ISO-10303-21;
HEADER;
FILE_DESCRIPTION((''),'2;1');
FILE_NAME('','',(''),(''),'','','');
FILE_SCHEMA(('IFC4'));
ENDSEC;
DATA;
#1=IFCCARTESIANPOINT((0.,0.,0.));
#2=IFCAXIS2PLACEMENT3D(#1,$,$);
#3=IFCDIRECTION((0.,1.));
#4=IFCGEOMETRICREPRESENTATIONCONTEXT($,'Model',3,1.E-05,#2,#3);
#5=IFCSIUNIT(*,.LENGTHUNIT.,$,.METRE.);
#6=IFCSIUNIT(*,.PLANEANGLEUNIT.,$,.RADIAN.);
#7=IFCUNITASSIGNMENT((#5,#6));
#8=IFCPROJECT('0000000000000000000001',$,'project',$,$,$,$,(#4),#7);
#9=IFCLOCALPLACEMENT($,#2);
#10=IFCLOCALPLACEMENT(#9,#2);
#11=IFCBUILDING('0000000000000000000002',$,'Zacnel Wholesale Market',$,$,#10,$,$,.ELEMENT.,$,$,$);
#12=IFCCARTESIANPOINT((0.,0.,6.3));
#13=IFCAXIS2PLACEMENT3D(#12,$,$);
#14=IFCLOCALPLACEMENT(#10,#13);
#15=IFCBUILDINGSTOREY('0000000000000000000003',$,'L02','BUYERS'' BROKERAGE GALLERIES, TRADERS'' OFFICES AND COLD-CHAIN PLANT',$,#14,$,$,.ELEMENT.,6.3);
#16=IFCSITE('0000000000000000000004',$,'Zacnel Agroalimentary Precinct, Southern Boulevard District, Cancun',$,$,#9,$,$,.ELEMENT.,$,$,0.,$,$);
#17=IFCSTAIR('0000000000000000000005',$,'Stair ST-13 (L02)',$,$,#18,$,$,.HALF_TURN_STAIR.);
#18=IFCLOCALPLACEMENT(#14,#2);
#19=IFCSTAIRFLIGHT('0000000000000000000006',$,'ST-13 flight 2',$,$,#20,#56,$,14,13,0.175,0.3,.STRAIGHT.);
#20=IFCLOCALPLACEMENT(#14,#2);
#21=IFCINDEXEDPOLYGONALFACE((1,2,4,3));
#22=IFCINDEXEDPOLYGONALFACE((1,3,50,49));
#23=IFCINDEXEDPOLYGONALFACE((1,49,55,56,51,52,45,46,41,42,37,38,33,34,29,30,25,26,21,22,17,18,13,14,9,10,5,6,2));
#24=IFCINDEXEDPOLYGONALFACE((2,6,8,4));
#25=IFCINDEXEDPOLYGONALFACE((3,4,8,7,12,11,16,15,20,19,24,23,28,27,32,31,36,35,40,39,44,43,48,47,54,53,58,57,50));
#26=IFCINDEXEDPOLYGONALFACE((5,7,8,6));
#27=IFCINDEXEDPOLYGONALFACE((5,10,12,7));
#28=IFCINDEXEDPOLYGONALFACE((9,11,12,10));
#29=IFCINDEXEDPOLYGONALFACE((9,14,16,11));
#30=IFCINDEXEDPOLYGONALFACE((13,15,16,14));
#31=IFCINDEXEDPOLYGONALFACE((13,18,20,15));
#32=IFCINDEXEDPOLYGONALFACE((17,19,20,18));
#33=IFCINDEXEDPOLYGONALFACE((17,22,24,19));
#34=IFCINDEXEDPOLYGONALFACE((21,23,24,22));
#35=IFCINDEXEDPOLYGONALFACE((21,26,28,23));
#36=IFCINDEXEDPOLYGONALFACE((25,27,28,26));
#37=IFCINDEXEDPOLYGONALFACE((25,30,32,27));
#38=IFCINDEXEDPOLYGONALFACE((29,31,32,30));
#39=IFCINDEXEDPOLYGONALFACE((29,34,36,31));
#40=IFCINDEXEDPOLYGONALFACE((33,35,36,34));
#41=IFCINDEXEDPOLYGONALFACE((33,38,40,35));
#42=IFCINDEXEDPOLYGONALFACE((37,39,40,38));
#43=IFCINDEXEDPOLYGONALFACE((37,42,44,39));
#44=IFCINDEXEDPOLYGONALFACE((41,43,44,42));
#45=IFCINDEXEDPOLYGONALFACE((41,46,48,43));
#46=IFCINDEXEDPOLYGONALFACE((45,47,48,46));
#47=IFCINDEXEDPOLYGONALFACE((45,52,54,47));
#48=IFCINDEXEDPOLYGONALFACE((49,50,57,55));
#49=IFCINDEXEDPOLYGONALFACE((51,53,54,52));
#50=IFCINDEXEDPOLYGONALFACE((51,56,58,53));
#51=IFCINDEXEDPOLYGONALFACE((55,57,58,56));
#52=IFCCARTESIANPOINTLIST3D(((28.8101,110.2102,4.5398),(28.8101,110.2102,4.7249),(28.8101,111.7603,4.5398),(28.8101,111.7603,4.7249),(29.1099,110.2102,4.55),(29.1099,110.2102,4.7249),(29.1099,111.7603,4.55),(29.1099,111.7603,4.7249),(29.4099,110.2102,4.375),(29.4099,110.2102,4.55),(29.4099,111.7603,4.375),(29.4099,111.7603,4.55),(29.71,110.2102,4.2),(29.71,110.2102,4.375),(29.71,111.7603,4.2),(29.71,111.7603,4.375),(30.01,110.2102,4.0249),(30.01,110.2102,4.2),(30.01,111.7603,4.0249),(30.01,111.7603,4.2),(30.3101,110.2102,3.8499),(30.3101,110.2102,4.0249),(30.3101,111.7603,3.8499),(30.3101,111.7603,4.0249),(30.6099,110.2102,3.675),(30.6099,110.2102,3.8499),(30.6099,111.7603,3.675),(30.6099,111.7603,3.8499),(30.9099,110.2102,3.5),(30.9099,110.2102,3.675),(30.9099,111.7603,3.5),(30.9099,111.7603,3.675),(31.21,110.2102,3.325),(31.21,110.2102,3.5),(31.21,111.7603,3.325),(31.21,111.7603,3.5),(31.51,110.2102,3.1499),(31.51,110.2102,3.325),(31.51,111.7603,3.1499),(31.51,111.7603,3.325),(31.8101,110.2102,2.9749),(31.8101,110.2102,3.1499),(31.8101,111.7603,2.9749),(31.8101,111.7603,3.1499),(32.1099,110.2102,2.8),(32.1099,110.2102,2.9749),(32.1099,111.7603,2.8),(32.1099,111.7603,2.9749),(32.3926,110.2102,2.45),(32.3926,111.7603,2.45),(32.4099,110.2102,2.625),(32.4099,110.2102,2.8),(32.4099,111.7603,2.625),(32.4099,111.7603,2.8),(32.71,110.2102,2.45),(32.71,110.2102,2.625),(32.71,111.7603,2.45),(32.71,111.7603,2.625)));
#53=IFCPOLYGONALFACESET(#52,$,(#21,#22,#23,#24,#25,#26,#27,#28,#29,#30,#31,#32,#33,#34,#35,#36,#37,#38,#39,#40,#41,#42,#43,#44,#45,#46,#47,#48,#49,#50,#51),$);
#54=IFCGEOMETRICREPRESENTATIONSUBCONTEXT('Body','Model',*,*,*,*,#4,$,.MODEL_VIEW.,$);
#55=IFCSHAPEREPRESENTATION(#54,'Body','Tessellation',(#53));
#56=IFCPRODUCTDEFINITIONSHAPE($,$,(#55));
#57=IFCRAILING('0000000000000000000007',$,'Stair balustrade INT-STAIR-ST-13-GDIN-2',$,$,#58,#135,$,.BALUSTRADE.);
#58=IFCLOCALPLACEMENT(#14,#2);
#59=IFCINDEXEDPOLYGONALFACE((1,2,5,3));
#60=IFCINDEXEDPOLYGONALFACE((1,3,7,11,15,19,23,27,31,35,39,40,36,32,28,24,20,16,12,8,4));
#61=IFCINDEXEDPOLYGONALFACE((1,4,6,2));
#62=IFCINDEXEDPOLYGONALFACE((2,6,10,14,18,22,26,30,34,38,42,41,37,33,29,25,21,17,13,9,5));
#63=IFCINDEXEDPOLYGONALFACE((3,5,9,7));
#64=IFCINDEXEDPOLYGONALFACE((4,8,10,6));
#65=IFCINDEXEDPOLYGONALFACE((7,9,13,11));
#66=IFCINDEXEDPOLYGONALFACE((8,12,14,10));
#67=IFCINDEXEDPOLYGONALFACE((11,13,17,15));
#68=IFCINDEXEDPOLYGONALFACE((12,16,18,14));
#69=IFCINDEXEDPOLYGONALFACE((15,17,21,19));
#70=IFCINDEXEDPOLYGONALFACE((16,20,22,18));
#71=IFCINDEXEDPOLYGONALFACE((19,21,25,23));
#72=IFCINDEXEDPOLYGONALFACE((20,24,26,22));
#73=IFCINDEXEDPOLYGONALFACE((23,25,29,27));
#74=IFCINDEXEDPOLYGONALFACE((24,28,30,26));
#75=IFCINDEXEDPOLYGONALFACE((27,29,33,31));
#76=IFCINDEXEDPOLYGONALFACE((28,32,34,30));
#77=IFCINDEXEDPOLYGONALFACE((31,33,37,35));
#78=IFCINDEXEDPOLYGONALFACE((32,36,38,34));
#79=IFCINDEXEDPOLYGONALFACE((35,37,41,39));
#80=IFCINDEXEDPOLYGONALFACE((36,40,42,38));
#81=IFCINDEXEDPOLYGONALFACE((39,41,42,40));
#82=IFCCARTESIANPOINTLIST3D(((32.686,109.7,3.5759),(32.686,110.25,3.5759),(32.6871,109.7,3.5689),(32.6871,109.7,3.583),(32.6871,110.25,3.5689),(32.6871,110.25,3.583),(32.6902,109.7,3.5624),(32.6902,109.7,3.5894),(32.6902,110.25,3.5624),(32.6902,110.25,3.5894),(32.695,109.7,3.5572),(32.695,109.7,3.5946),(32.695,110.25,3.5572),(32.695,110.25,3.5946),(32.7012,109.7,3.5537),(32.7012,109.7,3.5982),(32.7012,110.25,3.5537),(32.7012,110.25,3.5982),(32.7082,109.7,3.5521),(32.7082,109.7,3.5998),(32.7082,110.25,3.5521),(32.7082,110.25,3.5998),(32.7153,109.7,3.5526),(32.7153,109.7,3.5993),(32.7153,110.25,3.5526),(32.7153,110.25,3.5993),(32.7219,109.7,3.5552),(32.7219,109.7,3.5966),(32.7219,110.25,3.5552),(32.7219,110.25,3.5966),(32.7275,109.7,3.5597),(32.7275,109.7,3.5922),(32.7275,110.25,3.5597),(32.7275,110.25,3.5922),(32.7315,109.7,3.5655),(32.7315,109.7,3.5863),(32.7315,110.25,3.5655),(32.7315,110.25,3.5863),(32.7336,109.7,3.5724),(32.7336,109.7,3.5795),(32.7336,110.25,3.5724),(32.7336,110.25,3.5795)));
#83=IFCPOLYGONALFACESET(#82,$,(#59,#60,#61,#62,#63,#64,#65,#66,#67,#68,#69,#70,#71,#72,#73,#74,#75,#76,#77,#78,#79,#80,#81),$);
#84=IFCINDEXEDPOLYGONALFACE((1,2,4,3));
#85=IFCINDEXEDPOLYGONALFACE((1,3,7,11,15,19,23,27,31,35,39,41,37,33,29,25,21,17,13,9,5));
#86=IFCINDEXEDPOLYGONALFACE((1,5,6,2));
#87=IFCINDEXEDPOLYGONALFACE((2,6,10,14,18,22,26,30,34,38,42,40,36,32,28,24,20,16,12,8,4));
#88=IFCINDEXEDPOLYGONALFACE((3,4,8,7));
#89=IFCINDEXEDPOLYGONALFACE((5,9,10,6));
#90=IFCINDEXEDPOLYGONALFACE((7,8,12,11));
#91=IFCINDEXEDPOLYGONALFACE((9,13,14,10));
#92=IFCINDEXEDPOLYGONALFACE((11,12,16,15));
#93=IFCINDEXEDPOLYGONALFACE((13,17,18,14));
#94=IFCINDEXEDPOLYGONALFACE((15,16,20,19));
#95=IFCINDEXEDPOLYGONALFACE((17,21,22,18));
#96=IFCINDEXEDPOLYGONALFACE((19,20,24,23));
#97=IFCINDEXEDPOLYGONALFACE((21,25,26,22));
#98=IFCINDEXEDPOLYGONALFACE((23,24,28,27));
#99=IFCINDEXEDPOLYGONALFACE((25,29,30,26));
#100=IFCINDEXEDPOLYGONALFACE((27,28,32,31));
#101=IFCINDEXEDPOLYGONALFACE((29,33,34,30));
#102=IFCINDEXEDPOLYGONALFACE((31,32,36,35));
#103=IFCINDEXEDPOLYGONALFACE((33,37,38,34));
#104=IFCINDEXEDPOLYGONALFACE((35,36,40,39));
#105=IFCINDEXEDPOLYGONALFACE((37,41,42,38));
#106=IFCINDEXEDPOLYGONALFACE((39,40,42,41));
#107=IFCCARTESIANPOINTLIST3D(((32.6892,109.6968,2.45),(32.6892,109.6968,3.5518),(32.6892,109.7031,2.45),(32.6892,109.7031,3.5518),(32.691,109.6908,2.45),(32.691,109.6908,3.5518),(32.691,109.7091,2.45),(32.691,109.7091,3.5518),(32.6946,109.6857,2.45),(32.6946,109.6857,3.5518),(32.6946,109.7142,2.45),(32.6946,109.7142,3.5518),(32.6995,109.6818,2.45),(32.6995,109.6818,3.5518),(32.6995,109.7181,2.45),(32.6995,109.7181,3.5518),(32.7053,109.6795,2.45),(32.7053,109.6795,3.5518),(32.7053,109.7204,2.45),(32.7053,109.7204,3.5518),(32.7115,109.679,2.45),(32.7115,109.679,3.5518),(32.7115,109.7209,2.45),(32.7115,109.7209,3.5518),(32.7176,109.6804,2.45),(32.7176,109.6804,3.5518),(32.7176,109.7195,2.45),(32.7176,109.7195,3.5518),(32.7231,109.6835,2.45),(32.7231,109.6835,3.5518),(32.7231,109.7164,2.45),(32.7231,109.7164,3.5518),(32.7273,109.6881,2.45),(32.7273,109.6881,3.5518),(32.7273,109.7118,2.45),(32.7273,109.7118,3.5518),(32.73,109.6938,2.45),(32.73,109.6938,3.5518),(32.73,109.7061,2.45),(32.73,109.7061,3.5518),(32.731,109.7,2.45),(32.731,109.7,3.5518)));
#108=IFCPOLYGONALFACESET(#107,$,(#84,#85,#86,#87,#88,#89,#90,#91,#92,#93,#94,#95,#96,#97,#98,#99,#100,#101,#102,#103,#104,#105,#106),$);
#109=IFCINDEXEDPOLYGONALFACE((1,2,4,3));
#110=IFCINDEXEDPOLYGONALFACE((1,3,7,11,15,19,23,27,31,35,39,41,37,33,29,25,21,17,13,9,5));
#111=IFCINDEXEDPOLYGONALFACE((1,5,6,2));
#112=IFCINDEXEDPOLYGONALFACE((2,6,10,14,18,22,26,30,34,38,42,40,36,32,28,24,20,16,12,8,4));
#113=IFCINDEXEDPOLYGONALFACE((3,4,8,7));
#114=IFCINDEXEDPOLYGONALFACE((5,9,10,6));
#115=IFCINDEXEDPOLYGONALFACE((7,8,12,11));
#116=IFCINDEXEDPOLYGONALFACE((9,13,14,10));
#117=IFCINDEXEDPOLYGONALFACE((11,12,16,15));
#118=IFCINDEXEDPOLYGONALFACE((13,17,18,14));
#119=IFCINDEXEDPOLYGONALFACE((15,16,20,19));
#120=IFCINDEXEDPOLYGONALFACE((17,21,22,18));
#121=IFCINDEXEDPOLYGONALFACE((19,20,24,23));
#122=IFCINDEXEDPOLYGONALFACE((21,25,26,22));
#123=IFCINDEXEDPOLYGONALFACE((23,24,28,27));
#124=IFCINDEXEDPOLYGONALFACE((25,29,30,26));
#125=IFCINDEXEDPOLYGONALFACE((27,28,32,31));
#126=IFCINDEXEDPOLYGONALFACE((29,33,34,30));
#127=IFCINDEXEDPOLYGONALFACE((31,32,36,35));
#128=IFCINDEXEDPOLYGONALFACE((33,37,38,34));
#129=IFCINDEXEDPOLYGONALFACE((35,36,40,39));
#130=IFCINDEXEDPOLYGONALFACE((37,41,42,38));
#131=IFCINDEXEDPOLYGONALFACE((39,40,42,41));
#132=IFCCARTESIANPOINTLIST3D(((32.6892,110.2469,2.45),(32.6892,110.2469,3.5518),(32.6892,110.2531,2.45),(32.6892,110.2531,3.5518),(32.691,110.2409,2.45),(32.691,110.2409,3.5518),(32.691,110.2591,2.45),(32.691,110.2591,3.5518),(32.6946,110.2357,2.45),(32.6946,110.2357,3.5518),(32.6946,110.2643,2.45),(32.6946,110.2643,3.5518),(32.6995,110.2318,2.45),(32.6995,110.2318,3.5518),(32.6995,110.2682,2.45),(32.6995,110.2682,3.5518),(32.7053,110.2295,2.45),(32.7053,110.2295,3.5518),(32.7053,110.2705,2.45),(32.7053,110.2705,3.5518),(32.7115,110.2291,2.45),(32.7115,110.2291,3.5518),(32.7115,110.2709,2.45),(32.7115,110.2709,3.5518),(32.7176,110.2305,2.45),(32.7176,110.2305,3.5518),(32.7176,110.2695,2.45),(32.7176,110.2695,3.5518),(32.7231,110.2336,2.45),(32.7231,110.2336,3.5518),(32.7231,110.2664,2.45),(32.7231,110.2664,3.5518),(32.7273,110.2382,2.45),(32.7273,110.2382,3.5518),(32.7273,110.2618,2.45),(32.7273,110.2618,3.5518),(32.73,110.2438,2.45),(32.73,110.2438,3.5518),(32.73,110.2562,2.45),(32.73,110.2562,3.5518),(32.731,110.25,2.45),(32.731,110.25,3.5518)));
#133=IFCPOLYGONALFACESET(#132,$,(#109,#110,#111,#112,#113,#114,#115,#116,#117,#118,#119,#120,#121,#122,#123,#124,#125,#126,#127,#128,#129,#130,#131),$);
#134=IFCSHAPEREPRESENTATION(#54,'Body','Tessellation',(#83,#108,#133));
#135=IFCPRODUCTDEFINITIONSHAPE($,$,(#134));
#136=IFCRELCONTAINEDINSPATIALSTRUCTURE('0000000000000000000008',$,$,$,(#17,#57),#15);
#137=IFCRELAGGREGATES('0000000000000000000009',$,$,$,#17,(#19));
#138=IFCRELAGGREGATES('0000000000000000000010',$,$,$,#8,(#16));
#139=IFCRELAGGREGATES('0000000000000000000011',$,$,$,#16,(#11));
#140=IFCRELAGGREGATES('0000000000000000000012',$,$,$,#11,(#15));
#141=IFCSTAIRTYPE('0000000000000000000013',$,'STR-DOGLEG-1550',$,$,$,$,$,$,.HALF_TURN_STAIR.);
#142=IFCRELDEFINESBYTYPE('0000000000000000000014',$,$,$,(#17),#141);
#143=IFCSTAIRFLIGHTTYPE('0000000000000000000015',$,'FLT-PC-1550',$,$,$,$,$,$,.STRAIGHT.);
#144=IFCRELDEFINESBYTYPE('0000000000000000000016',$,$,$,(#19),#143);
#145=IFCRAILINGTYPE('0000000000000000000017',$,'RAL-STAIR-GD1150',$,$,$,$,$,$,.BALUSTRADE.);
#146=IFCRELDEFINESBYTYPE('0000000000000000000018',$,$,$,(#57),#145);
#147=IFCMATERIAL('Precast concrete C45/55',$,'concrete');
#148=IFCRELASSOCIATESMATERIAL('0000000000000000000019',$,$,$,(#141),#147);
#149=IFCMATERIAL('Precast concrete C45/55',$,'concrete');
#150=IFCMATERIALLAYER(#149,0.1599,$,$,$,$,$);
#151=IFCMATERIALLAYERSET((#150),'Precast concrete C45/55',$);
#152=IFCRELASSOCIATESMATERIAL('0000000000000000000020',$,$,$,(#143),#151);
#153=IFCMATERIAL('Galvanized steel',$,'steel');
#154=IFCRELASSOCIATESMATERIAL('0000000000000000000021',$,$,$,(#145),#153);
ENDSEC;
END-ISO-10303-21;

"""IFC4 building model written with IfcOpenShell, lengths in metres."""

from ifc_helpers import new_model, si_unit, direction, frame, origin, origin_2d, place, context, subcontext, project, spatial, polyline, circle, outline, extrude, material, layer, layer_set, type_object, element, aggregate, save


model = new_model("IFC4")

# Units and contexts
model_context = context("Model", 3, precision=1e-05, world=origin(), true_north=direction((0.0, 1.0)))
body_context = subcontext(model_context, "Body", "Model", "MODEL_VIEW")
ifc_project = project(units=[si_unit("LENGTHUNIT", "METRE"), si_unit("PLANEANGLEUNIT", "RADIAN")], contexts=[model_context])

# Site, building, storey
site_placement = place(None, origin())
site = spatial("IfcSite", under=ifc_project, at=site_placement, Name="Zacnel Agroalimentary Precinct, Southern Boulevard District, Cancun", CompositionType="ELEMENT", RefElevation=0.0)
building_placement = place(site_placement, origin())
building = spatial("IfcBuilding", under=site, at=building_placement, Name="Zacnel Wholesale Market", CompositionType="ELEMENT")
storey_placement = place(building_placement, frame((0.0, 0.0, 6.3)))
storey = spatial("IfcBuildingStorey", under=building, at=storey_placement, Name="L02", Description="BUYERS' BROKERAGE GALLERIES, TRADERS' OFFICES AND COLD-CHAIN PLANT", CompositionType="ELEMENT", Elevation=6.3)

# Stair, stair flight
ifc_material_1 = material(Name="Precast concrete C45/55", Category="concrete")
stair_type = type_object("IfcStairType", Name="STR-DOGLEG-1550", PredefinedType="HALF_TURN_STAIR", material=ifc_material_1)
stair_placement = place(storey_placement, origin())
stair = element("IfcStair", 1, at=stair_placement, inside=storey, type_object=stair_type, Name="Stair ST-13 (L02)", PredefinedType="HALF_TURN_STAIR")
ifc_material_2 = material(Name="Precast concrete C45/55", Category="concrete")
ifc_layer_1 = layer(ifc_material_2, 0.1599)
ifc_layer_set_1 = layer_set([ifc_layer_1], Name="Precast concrete C45/55")
stair_flight_type = type_object("IfcStairFlightType", Name="FLT-PC-1550", PredefinedType="STRAIGHT", material=ifc_layer_set_1)
stair_flight_placement = place(storey_placement, frame((32.71, 110.9851, 2.45), z_axis=(0.0, 0.0, 1.0), x_axis=(-1.0, 0.0, 0.0)))
stair_flight = element("IfcStairFlight", 2, at=stair_flight_placement, type_object=stair_flight_type, Name="ST-13 flight 2", NumberOfRisers=14, NumberOfTreads=13, PredefinedType="STRAIGHT", RiserHeight=0.175, TreadLength=0.3, context=body_context, shape_type="SweptSolid", body=[
    extrude(outline(polyline([(0.0, 0.0), (0.0, 0.175), (0.3, 0.175), (0.3, 0.3501), (0.6001, 0.3501), (0.6001, 0.5249), (0.8999, 0.5249), (0.8999, 0.7), (1.2, 0.7), (1.2, 0.875), (1.5, 0.875), (1.5, 1.05), (1.8, 1.05), (1.8, 1.2251), (2.1001, 1.2251), (2.1001, 1.3999), (2.3999, 1.3999), (2.3999, 1.575), (2.7, 1.575), (2.7, 1.75), (3.0, 1.75), (3.0, 1.925), (3.3, 1.925), (3.3, 2.1001), (3.6001, 2.1001), (3.6001, 2.2749), (3.8999, 2.2749), (3.8999, 2.45), (3.8999, 2.0898), (0.3174, 0.0), (0.0, 0.0)])), frame((0.0, 0.7749, 0.0), z_axis=(0.0, -1.0, 0.0), x_axis=(1.0, 0.0, 0.0)), (0.0, 0.0, 1.0), 1.55),
])
aggregate(stair, [stair_flight])

# Railing
ifc_material_3 = material(Name="Galvanized steel", Category="steel")
railing_type = type_object("IfcRailingType", Name="RAL-STAIR-GD1150", PredefinedType="BALUSTRADE", material=ifc_material_3)
railing_1_placement = place(storey_placement, frame((32.71, 109.7, 2.45)))
element("IfcRailing", 3, at=railing_1_placement, inside=storey, type_object=railing_type, Name="Stair balustrade INT-STAIR-ST-13-GDIN-2", PredefinedType="BALUSTRADE", context=body_context, shape_type="SweptSolid", body=[
    extrude(circle(Radius=0.0239, at=origin_2d()), frame((0.0, 0.0, 1.126), z_axis=(0.0, 1.0, 0.0), x_axis=(-1.0, 0.0, 0.0)), (0.0, 0.0, 1.0), 0.55),
    extrude(circle(Radius=0.021, at=origin_2d()), origin(), (0.0, 0.0, 1.0), 1.1018),
    extrude(circle(Radius=0.021, at=origin_2d()), frame((0.0, 0.55, 0.0)), (0.0, 0.0, 1.0), 1.1018),
])

save(model, "model.ifc")
